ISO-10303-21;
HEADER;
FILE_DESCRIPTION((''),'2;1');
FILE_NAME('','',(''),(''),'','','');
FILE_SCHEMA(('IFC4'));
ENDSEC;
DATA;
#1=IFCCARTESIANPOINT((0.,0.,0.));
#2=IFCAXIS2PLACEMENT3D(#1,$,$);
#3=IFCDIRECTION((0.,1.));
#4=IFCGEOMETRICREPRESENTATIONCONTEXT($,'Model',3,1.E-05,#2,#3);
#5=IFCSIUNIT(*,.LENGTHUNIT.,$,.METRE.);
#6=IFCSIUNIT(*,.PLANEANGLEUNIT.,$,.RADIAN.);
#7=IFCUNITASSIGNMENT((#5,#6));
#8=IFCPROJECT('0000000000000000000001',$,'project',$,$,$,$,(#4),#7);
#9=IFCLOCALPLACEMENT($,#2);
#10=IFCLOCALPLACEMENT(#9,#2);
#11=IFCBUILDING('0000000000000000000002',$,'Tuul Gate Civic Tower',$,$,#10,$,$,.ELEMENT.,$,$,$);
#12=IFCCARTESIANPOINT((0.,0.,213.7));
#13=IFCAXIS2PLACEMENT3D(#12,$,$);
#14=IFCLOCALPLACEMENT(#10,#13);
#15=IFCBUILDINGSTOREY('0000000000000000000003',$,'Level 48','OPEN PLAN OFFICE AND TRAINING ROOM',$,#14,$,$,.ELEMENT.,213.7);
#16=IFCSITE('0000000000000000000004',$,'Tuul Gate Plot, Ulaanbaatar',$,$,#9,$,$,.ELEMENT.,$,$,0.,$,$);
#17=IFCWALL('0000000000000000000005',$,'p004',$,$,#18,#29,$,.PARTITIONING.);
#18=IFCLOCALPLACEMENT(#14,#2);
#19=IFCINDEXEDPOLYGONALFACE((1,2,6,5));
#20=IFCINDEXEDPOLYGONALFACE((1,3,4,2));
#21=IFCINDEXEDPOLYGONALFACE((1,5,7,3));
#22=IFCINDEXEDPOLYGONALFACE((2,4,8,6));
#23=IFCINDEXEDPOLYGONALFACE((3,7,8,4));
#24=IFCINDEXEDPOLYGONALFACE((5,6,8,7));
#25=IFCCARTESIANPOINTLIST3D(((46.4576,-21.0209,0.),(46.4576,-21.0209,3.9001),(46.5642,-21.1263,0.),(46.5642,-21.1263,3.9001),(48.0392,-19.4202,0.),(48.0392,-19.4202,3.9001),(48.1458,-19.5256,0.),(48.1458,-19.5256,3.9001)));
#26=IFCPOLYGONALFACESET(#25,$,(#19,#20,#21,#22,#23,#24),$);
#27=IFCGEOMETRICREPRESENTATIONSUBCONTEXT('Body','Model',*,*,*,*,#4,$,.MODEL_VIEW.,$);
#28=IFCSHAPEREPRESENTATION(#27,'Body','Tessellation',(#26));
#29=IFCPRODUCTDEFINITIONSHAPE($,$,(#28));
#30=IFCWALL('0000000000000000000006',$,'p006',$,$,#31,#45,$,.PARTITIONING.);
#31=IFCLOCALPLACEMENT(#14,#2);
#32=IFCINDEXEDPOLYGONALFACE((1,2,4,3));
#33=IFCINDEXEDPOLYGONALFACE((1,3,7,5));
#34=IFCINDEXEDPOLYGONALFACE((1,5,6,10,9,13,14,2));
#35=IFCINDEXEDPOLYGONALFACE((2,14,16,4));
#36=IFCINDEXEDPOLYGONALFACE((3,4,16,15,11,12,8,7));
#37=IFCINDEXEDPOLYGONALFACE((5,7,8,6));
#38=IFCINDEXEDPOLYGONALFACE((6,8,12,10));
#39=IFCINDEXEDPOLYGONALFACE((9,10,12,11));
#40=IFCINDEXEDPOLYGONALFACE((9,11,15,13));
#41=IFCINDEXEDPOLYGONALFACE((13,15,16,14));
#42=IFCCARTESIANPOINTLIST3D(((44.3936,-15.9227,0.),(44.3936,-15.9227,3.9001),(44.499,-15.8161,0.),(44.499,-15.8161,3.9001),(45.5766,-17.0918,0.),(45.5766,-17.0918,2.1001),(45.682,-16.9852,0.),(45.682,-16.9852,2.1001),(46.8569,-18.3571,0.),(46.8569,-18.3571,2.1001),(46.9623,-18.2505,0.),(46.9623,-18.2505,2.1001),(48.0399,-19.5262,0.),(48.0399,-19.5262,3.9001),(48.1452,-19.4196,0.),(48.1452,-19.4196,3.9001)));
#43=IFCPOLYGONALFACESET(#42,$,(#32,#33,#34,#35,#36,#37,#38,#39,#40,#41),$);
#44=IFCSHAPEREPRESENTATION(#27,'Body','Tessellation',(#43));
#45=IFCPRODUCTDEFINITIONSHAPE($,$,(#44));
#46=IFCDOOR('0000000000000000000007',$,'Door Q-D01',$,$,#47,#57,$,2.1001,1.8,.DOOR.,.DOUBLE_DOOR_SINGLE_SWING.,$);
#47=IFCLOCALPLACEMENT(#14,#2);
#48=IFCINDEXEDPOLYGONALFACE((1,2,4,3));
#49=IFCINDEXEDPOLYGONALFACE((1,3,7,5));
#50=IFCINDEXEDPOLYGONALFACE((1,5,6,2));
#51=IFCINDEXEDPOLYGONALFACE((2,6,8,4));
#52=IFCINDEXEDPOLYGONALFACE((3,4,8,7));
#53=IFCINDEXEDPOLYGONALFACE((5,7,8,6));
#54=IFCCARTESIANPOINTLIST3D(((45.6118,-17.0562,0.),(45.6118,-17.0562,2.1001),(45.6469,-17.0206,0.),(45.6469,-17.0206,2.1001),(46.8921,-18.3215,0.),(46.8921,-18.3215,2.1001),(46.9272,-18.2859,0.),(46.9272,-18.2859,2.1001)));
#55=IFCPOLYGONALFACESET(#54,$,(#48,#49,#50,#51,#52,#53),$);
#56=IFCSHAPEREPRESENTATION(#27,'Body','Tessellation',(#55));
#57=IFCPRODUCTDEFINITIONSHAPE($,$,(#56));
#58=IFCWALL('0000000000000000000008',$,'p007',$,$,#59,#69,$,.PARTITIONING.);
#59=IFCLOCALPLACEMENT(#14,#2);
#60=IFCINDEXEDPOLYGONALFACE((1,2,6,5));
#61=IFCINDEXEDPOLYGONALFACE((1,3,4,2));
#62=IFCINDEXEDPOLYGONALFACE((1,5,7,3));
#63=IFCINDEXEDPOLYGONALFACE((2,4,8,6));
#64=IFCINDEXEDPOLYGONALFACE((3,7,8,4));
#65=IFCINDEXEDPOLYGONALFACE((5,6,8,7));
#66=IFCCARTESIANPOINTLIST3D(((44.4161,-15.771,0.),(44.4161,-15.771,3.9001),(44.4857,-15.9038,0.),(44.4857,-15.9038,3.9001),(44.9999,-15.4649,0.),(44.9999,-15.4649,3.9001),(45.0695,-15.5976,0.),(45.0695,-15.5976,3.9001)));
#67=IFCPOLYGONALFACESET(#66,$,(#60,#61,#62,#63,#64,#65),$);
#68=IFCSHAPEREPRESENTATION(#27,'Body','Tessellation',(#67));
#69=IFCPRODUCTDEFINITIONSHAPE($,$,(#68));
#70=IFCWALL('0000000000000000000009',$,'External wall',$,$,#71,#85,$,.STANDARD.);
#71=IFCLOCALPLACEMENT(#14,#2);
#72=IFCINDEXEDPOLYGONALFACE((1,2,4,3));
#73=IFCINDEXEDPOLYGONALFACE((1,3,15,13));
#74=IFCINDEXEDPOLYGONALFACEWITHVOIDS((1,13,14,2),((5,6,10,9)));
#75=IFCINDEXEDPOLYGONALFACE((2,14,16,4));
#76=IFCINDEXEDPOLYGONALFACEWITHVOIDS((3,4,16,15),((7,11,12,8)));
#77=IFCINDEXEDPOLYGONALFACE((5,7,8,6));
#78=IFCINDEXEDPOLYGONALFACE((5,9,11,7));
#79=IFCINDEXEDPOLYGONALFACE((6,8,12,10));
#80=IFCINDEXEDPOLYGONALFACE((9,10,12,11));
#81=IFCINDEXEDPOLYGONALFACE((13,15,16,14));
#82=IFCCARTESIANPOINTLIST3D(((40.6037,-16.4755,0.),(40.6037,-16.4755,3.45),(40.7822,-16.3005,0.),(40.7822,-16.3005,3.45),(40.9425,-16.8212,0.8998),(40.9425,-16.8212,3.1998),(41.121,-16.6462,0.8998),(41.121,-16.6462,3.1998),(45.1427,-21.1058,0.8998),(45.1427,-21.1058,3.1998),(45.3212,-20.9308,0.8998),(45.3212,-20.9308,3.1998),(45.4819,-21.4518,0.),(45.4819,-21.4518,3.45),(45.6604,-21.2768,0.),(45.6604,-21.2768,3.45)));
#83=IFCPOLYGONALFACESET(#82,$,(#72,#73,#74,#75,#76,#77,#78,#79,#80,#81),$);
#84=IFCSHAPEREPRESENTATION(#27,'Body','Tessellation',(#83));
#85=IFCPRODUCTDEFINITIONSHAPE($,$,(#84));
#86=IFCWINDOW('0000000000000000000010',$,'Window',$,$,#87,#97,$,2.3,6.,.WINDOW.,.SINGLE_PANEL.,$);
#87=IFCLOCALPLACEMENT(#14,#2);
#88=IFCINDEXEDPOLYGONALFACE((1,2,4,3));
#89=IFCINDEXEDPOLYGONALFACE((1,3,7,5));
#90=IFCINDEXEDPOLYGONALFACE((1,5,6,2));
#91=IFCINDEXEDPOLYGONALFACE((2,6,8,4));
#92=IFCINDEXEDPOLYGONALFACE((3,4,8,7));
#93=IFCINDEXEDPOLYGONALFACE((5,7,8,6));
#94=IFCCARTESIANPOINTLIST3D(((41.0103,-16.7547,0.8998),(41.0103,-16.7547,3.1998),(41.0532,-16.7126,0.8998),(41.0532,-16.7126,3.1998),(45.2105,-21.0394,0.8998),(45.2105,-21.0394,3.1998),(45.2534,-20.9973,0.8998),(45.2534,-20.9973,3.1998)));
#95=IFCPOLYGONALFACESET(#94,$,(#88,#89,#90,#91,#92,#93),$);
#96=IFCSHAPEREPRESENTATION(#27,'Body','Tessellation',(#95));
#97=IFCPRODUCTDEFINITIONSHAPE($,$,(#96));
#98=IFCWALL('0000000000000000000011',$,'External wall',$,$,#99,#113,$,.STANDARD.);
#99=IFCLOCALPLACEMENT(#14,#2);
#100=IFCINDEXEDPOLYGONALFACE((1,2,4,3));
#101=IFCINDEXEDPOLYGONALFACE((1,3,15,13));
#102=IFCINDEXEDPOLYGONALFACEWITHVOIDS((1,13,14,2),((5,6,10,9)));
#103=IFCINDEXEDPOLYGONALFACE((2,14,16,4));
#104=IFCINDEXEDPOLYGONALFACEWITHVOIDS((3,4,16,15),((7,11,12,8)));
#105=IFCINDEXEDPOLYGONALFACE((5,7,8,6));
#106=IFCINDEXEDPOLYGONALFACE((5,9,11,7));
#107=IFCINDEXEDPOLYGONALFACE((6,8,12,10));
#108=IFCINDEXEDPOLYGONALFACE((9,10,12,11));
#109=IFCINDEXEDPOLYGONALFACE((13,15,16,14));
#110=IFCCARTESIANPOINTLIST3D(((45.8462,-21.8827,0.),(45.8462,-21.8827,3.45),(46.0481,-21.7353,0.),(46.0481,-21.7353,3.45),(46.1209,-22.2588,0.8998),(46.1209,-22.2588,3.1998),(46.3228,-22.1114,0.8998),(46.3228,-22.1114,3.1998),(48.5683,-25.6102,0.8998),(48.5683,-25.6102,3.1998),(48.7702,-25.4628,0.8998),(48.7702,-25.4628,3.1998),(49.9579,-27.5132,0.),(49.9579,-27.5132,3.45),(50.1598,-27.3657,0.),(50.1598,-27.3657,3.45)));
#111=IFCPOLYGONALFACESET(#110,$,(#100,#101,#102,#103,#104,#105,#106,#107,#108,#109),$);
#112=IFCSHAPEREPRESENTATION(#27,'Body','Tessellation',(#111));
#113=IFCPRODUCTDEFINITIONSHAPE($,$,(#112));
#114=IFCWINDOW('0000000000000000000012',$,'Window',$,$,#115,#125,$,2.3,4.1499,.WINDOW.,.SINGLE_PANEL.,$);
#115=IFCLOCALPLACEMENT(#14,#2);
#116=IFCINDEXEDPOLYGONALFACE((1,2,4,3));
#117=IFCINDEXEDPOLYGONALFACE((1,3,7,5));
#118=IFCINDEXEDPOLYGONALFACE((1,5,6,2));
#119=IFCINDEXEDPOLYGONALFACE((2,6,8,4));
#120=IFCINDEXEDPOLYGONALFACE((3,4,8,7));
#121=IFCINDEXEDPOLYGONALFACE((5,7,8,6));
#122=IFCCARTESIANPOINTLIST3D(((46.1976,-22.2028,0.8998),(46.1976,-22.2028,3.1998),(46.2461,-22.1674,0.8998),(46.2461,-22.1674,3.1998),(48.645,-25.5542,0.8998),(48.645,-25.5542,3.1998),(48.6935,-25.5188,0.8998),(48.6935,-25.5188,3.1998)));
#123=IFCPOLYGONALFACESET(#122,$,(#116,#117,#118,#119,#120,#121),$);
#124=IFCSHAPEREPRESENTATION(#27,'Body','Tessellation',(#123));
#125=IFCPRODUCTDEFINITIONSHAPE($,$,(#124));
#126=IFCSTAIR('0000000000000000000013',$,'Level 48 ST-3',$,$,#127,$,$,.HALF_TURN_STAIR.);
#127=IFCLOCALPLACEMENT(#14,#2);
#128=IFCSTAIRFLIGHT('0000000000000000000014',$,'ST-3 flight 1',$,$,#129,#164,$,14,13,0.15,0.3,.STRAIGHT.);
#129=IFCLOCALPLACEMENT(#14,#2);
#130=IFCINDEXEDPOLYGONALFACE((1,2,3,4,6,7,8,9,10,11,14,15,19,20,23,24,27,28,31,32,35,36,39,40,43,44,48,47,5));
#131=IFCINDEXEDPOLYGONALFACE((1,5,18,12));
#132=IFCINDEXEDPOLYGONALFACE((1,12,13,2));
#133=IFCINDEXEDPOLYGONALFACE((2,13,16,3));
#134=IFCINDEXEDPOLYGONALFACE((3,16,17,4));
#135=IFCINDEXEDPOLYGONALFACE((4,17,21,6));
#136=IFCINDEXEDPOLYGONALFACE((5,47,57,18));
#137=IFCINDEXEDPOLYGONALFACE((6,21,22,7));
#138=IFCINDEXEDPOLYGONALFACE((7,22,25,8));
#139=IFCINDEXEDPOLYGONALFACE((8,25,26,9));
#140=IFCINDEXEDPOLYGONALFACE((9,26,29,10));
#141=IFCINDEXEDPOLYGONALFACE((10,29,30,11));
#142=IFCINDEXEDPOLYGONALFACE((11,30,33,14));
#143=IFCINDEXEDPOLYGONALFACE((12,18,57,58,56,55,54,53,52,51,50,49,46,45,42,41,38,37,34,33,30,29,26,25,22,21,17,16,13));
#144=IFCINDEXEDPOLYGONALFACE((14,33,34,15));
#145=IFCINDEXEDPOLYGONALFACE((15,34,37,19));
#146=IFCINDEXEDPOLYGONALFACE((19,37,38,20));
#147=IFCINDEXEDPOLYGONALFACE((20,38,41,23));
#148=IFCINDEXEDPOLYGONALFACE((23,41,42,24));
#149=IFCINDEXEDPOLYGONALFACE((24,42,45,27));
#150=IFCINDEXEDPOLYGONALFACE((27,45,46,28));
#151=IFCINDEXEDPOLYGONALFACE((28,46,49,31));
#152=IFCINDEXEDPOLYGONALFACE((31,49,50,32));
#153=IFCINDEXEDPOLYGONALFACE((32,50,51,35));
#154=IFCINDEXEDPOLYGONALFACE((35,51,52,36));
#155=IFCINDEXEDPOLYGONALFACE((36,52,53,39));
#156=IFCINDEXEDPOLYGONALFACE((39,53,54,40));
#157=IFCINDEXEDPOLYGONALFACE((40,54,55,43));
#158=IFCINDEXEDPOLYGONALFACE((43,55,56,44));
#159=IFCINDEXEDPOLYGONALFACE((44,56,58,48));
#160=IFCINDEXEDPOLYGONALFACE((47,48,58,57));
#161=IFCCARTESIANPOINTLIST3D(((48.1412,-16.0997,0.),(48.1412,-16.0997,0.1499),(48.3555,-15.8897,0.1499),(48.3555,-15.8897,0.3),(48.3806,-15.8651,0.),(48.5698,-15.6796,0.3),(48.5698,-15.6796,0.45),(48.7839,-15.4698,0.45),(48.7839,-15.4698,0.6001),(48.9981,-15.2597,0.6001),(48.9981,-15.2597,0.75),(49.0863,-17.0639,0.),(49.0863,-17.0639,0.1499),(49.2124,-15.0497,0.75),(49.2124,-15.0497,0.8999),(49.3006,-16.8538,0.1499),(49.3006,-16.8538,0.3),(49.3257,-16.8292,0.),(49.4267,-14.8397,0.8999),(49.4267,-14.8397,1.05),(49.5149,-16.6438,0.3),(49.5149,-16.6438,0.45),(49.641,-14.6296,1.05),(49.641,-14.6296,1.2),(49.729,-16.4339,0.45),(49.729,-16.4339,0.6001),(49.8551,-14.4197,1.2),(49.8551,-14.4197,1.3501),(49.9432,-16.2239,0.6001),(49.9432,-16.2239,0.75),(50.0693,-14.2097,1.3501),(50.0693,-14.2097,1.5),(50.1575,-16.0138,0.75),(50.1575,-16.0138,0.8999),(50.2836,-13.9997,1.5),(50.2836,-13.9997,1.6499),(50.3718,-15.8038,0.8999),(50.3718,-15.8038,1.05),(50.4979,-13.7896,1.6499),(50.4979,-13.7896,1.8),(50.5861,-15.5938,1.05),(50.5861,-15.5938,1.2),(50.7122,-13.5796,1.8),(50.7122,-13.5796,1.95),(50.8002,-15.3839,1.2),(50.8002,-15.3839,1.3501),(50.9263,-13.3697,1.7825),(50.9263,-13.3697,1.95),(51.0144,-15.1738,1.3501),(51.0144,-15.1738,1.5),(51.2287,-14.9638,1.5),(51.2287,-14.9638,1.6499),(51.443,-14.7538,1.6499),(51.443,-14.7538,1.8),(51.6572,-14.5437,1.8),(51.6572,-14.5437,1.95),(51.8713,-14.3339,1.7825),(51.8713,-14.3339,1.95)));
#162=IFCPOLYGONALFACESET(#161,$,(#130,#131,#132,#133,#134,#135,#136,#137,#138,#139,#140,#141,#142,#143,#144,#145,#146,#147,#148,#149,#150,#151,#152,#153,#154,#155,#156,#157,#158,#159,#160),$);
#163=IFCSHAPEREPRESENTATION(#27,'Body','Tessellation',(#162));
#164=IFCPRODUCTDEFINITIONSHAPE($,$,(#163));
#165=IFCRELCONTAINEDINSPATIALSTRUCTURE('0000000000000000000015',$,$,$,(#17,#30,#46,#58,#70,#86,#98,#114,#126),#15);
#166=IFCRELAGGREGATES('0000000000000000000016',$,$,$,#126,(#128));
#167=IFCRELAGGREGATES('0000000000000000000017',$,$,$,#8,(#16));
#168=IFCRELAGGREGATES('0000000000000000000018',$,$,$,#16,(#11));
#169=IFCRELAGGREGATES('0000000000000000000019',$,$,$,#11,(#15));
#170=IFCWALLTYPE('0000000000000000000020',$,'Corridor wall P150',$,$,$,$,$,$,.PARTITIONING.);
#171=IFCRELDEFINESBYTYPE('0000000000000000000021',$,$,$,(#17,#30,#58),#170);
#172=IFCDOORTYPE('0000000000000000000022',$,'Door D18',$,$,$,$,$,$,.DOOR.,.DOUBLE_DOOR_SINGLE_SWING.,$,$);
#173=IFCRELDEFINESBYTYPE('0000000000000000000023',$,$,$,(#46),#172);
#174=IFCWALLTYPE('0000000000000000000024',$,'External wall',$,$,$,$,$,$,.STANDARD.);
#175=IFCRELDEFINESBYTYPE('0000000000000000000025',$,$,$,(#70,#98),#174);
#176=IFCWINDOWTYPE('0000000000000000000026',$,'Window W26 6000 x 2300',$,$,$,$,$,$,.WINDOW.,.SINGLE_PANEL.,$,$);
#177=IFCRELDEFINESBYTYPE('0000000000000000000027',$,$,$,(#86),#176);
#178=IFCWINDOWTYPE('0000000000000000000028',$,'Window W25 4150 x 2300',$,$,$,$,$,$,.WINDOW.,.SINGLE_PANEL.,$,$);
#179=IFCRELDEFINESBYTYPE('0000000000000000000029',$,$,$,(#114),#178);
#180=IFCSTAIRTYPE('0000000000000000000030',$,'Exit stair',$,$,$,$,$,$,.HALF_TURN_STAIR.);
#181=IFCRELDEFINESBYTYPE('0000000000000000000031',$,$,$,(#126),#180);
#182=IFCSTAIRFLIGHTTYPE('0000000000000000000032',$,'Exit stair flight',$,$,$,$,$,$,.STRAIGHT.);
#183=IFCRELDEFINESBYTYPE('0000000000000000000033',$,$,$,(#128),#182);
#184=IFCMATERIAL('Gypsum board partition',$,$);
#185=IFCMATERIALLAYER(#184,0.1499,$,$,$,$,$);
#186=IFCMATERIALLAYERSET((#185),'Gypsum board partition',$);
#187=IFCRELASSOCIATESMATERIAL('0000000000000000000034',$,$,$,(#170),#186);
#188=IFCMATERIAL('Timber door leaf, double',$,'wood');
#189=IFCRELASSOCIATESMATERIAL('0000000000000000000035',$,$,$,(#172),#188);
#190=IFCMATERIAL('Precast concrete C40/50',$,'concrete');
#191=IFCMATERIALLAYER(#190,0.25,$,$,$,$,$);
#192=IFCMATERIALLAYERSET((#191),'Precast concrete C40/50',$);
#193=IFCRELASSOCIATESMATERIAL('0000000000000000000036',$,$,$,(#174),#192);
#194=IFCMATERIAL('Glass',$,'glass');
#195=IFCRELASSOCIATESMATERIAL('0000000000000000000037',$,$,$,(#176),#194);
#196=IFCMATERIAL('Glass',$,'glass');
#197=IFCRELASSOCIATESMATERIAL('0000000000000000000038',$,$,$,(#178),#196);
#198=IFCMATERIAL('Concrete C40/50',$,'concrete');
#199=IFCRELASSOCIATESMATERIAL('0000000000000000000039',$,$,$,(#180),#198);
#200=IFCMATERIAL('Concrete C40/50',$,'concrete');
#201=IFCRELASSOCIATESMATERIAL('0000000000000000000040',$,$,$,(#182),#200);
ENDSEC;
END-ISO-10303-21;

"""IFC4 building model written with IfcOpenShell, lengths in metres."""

from ifc_helpers import new_model, si_unit, direction, frame, frame_2d, origin, place, context, subcontext, project, spatial, polyline, rectangle, outline, extrude, material, layer, layer_set, type_object, element, fill, aggregate, save


model = new_model("IFC4")

# Units and contexts
model_context = context("Model", 3, precision=1e-05, world=origin(), true_north=direction((0.0, 1.0)))
body_context = subcontext(model_context, "Body", "Model", "MODEL_VIEW")
ifc_project = project(units=[si_unit("LENGTHUNIT", "METRE"), si_unit("PLANEANGLEUNIT", "RADIAN")], contexts=[model_context])

# Site, building, storey
site_placement = place(None, origin())
site = spatial("IfcSite", under=ifc_project, at=site_placement, Name="Tuul Gate Plot, Ulaanbaatar", CompositionType="ELEMENT", RefElevation=0.0)
building_placement = place(site_placement, origin())
building = spatial("IfcBuilding", under=site, at=building_placement, Name="Tuul Gate Civic Tower", CompositionType="ELEMENT")
storey_placement = place(building_placement, frame((0.0, 0.0, 213.7)))
storey = spatial("IfcBuildingStorey", under=building, at=storey_placement, Name="Level 48", Description="OPEN PLAN OFFICE AND TRAINING ROOM", CompositionType="ELEMENT", Elevation=213.7)

# Wall
ifc_material_1 = material(Name="Gypsum board partition")
ifc_layer_1 = layer(ifc_material_1, 0.1499)
ifc_layer_set_1 = layer_set([ifc_layer_1], Name="Gypsum board partition")
wall_type_1 = type_object("IfcWallType", Name="Corridor wall P150", PredefinedType="PARTITIONING", material=ifc_layer_set_1)
wall_1_placement = place(storey_placement, frame((46.511, -21.0735, 0.0), z_axis=(0.0, 0.0, 1.0), x_axis=(0.702863, 0.711326, 0.0)))
element("IfcWall", 1, at=wall_1_placement, inside=storey, type_object=wall_type_1, Name="p004", PredefinedType="PARTITIONING", context=body_context, shape_type="SweptSolid", body=[
    extrude(rectangle(XDim=2.2502, YDim=0.1499, at=frame_2d((1.125, 0.0))), origin(), (0.0, 0.0, 1.0), 3.9001),
])

# Wall, opening, door
wall_2_placement = place(storey_placement, frame((44.4463, -15.8694, 0.0), z_axis=(0.0, 0.0, 1.0), x_axis=(0.711262, -0.702927, 0.0)))
wall_2 = element("IfcWall", 2, at=wall_2_placement, inside=storey, type_object=wall_type_1, Name="p006", PredefinedType="PARTITIONING", context=body_context, shape_type="SweptSolid", body=[
    extrude(rectangle(XDim=5.1265, YDim=0.1499, at=frame_2d((2.5632, 0.0))), origin(), (0.0, 0.0, 1.0), 3.9001),
])
opening_1_placement = place(wall_2_placement, frame((1.6633, 0.0, 0.0)))
opening_1 = element("IfcOpeningElement", 3, at=opening_1_placement, cuts=wall_2, PredefinedType="OPENING", context=body_context, shape_type="SweptSolid", body=[
    extrude(rectangle(XDim=1.8, YDim=2.1001, at=frame_2d((0.8999, 1.05))), frame((0.0, 0.085, 0.0), z_axis=(0.0, -1.0, 0.0), x_axis=(1.0, 0.0, 0.0)), (0.0, 0.0, 1.0), 0.1699),
])
ifc_material_2 = material(Name="Timber door leaf, double", Category="wood")
door_type_1 = type_object("IfcDoorType", Name="Door D18", OperationType="DOUBLE_DOOR_SINGLE_SWING", PredefinedType="DOOR", material=ifc_material_2)
door_1_placement = place(opening_1_placement, frame((1.8, 0.0, 0.0), z_axis=(0.0, 0.0, 1.0), x_axis=(-1.0, 0.0, 0.0)))
door_1 = element("IfcDoor", 4, at=door_1_placement, inside=storey, type_object=door_type_1, Name="Door Q-D01", OperationType="DOUBLE_DOOR_SINGLE_SWING", OverallHeight=2.1001, OverallWidth=1.8, PredefinedType="DOOR", context=body_context, shape_type="SweptSolid", body=[
    extrude(rectangle(XDim=1.8, YDim=2.1001, at=frame_2d((0.9001, 1.05))), frame((0.0, 0.0249, 0.0), z_axis=(0.0, -1.0, 0.0), x_axis=(1.0, 0.0, 0.0)), (0.0, 0.0, 1.0), 0.05),
])
fill(opening_1, door_1)

# Wall
wall_3_placement = place(storey_placement, frame((44.4509, -15.8374, 0.0), z_axis=(0.0, 0.0, 1.0), x_axis=(0.885592, 0.464464, 0.0)))
element("IfcWall", 5, at=wall_3_placement, inside=storey, type_object=wall_type_1, Name="p007", PredefinedType="PARTITIONING", context=body_context, shape_type="SweptSolid", body=[
    extrude(rectangle(XDim=0.6592, YDim=0.1499, at=frame_2d((0.3296, 0.0))), origin(), (0.0, 0.0, 1.0), 3.9001),
])

# Walls, openings, windows
ifc_material_3 = material(Name="Precast concrete C40/50", Category="concrete")
ifc_layer_2 = layer(ifc_material_3, 0.25)
ifc_layer_set_2 = layer_set([ifc_layer_2], Name="Precast concrete C40/50")
wall_type_2 = type_object("IfcWallType", Name="External wall", PredefinedType="STANDARD", material=ifc_layer_set_2)
wall_4_placement = place(storey_placement, frame((40.6929, -16.3879, 0.0), z_axis=(0.0, 0.0, 1.0), x_axis=(0.70003, -0.714114, 0.0)))
wall_4 = element("IfcWall", 6, at=wall_4_placement, inside=storey, type_object=wall_type_2, Name="External wall", PredefinedType="STANDARD", context=body_context, shape_type="SweptSolid", body=[
    extrude(rectangle(XDim=6.9685, YDim=0.25, at=frame_2d((3.4844, 0.0))), origin(), (0.0, 0.0, 1.0), 3.45),
])
opening_2_placement = place(wall_4_placement, frame((0.4841, 0.0, 0.8999)))
opening_2 = element("IfcOpeningElement", 7, at=opening_2_placement, cuts=wall_4, PredefinedType="OPENING", context=body_context, shape_type="SweptSolid", body=[
    extrude(rectangle(XDim=6.0, YDim=2.3, at=frame_2d((3.0, 1.1499))), frame((0.0, 0.135, 0.0), z_axis=(0.0, -1.0, 0.0), x_axis=(1.0, 0.0, 0.0)), (0.0, 0.0, 1.0), 0.27),
])
ifc_material_4 = material(Name="Glass", Category="glass")
window_type_1 = type_object("IfcWindowType", Name="Window W26 6000 x 2300", PartitioningType="SINGLE_PANEL", PredefinedType="WINDOW", material=ifc_material_4)
window_1_placement = place(opening_2_placement, origin())
window_1 = element("IfcWindow", 8, at=window_1_placement, inside=storey, type_object=window_type_1, Name="Window", OverallHeight=2.3, OverallWidth=6.0, PartitioningType="SINGLE_PANEL", PredefinedType="WINDOW", context=body_context, shape_type="SweptSolid", body=[
    extrude(rectangle(XDim=6.0, YDim=2.3, at=frame_2d((3.0, 1.1499))), frame((0.0, 0.03, 0.0), z_axis=(0.0, -1.0, 0.0), x_axis=(1.0, 0.0, 0.0)), (0.0, 0.0, 1.0), 0.0601),
])
fill(opening_2, window_1)
wall_5_placement = place(storey_placement, frame((45.9473, -21.8091, 0.0), z_axis=(0.0, 0.0, 1.0), x_axis=(0.589743, -0.807591, 0.0)))
wall_5 = element("IfcWall", 9, at=wall_5_placement, inside=storey, type_object=wall_type_2, Name="External wall", PredefinedType="STANDARD", context=body_context, shape_type="SweptSolid", body=[
    extrude(rectangle(XDim=6.9719, YDim=0.25, at=frame_2d((3.4858, 0.0))), origin(), (0.0, 0.0, 1.0), 3.45),
])
opening_3_placement = place(wall_5_placement, frame((0.4656, 0.0, 0.8999)))
opening_3 = element("IfcOpeningElement", 10, at=opening_3_placement, cuts=wall_5, PredefinedType="OPENING", context=body_context, shape_type="SweptSolid", body=[
    extrude(rectangle(XDim=4.1499, YDim=2.3, at=frame_2d((2.075, 1.1499))), frame((0.0, 0.135, 0.0), z_axis=(0.0, -1.0, 0.0), x_axis=(1.0, 0.0, 0.0)), (0.0, 0.0, 1.0), 0.27),
])
ifc_material_5 = material(Name="Glass", Category="glass")
window_type_2 = type_object("IfcWindowType", Name="Window W25 4150 x 2300", PartitioningType="SINGLE_PANEL", PredefinedType="WINDOW", material=ifc_material_5)
window_2_placement = place(opening_3_placement, origin())
window_2 = element("IfcWindow", 11, at=window_2_placement, inside=storey, type_object=window_type_2, Name="Window", OverallHeight=2.3, OverallWidth=4.1499, PartitioningType="SINGLE_PANEL", PredefinedType="WINDOW", context=body_context, shape_type="SweptSolid", body=[
    extrude(rectangle(XDim=4.1499, YDim=2.3, at=frame_2d((2.075, 1.1499))), frame((0.0, 0.03, 0.0), z_axis=(0.0, -1.0, 0.0), x_axis=(1.0, 0.0, 0.0)), (0.0, 0.0, 1.0), 0.0601),
])
fill(opening_3, window_2)

# Stair, stair flight
ifc_material_6 = material(Name="Concrete C40/50", Category="concrete")
stair_type = type_object("IfcStairType", Name="Exit stair", PredefinedType="HALF_TURN_STAIR", material=ifc_material_6)
stair_placement = place(storey_placement, origin())
stair = element("IfcStair", 12, at=stair_placement, inside=storey, type_object=stair_type, Name="Level 48 ST-3", PredefinedType="HALF_TURN_STAIR")
ifc_material_7 = material(Name="Concrete C40/50", Category="concrete")
stair_flight_type = type_object("IfcStairFlightType", Name="Exit stair flight", PredefinedType="STRAIGHT", material=ifc_material_7)
stair_flight_placement = place(storey_placement, frame((48.6138, -16.5818, 0.0), z_axis=(0.0, 0.0, 1.0), x_axis=(0.714127, 0.700016, 0.0)))
stair_flight = element("IfcStairFlight", 13, at=stair_flight_placement, type_object=stair_flight_type, Name="ST-3 flight 1", NumberOfRisers=14, NumberOfTreads=13, PredefinedType="STRAIGHT", RiserHeight=0.15, TreadLength=0.3, context=body_context, shape_type="SweptSolid", body=[
    extrude(outline(polyline([(0.0, 0.0), (0.0, 0.1499), (0.3, 0.1499), (0.3, 0.3), (0.6001, 0.3), (0.6001, 0.45), (0.8999, 0.45), (0.8999, 0.6001), (1.2, 0.6001), (1.2, 0.75), (1.5, 0.75), (1.5, 0.8999), (1.8, 0.8999), (1.8, 1.05), (2.1001, 1.05), (2.1001, 1.2), (2.3999, 1.2), (2.3999, 1.3501), (2.7, 1.3501), (2.7, 1.5), (3.0, 1.5), (3.0, 1.6499), (3.3, 1.6499), (3.3, 1.8), (3.6001, 1.8), (3.6001, 1.95), (3.8999, 1.95), (3.8999, 2.1001), (3.8999, 1.7825), (0.3352, 0.0), (0.0, 0.0)])), frame((0.0, 0.675, 0.0), z_axis=(0.0, -1.0, 0.0), x_axis=(1.0, 0.0, 0.0)), (0.0, 0.0, 1.0), 1.3501),
])
aggregate(stair, [stair_flight])

save(model, "model.ifc")
